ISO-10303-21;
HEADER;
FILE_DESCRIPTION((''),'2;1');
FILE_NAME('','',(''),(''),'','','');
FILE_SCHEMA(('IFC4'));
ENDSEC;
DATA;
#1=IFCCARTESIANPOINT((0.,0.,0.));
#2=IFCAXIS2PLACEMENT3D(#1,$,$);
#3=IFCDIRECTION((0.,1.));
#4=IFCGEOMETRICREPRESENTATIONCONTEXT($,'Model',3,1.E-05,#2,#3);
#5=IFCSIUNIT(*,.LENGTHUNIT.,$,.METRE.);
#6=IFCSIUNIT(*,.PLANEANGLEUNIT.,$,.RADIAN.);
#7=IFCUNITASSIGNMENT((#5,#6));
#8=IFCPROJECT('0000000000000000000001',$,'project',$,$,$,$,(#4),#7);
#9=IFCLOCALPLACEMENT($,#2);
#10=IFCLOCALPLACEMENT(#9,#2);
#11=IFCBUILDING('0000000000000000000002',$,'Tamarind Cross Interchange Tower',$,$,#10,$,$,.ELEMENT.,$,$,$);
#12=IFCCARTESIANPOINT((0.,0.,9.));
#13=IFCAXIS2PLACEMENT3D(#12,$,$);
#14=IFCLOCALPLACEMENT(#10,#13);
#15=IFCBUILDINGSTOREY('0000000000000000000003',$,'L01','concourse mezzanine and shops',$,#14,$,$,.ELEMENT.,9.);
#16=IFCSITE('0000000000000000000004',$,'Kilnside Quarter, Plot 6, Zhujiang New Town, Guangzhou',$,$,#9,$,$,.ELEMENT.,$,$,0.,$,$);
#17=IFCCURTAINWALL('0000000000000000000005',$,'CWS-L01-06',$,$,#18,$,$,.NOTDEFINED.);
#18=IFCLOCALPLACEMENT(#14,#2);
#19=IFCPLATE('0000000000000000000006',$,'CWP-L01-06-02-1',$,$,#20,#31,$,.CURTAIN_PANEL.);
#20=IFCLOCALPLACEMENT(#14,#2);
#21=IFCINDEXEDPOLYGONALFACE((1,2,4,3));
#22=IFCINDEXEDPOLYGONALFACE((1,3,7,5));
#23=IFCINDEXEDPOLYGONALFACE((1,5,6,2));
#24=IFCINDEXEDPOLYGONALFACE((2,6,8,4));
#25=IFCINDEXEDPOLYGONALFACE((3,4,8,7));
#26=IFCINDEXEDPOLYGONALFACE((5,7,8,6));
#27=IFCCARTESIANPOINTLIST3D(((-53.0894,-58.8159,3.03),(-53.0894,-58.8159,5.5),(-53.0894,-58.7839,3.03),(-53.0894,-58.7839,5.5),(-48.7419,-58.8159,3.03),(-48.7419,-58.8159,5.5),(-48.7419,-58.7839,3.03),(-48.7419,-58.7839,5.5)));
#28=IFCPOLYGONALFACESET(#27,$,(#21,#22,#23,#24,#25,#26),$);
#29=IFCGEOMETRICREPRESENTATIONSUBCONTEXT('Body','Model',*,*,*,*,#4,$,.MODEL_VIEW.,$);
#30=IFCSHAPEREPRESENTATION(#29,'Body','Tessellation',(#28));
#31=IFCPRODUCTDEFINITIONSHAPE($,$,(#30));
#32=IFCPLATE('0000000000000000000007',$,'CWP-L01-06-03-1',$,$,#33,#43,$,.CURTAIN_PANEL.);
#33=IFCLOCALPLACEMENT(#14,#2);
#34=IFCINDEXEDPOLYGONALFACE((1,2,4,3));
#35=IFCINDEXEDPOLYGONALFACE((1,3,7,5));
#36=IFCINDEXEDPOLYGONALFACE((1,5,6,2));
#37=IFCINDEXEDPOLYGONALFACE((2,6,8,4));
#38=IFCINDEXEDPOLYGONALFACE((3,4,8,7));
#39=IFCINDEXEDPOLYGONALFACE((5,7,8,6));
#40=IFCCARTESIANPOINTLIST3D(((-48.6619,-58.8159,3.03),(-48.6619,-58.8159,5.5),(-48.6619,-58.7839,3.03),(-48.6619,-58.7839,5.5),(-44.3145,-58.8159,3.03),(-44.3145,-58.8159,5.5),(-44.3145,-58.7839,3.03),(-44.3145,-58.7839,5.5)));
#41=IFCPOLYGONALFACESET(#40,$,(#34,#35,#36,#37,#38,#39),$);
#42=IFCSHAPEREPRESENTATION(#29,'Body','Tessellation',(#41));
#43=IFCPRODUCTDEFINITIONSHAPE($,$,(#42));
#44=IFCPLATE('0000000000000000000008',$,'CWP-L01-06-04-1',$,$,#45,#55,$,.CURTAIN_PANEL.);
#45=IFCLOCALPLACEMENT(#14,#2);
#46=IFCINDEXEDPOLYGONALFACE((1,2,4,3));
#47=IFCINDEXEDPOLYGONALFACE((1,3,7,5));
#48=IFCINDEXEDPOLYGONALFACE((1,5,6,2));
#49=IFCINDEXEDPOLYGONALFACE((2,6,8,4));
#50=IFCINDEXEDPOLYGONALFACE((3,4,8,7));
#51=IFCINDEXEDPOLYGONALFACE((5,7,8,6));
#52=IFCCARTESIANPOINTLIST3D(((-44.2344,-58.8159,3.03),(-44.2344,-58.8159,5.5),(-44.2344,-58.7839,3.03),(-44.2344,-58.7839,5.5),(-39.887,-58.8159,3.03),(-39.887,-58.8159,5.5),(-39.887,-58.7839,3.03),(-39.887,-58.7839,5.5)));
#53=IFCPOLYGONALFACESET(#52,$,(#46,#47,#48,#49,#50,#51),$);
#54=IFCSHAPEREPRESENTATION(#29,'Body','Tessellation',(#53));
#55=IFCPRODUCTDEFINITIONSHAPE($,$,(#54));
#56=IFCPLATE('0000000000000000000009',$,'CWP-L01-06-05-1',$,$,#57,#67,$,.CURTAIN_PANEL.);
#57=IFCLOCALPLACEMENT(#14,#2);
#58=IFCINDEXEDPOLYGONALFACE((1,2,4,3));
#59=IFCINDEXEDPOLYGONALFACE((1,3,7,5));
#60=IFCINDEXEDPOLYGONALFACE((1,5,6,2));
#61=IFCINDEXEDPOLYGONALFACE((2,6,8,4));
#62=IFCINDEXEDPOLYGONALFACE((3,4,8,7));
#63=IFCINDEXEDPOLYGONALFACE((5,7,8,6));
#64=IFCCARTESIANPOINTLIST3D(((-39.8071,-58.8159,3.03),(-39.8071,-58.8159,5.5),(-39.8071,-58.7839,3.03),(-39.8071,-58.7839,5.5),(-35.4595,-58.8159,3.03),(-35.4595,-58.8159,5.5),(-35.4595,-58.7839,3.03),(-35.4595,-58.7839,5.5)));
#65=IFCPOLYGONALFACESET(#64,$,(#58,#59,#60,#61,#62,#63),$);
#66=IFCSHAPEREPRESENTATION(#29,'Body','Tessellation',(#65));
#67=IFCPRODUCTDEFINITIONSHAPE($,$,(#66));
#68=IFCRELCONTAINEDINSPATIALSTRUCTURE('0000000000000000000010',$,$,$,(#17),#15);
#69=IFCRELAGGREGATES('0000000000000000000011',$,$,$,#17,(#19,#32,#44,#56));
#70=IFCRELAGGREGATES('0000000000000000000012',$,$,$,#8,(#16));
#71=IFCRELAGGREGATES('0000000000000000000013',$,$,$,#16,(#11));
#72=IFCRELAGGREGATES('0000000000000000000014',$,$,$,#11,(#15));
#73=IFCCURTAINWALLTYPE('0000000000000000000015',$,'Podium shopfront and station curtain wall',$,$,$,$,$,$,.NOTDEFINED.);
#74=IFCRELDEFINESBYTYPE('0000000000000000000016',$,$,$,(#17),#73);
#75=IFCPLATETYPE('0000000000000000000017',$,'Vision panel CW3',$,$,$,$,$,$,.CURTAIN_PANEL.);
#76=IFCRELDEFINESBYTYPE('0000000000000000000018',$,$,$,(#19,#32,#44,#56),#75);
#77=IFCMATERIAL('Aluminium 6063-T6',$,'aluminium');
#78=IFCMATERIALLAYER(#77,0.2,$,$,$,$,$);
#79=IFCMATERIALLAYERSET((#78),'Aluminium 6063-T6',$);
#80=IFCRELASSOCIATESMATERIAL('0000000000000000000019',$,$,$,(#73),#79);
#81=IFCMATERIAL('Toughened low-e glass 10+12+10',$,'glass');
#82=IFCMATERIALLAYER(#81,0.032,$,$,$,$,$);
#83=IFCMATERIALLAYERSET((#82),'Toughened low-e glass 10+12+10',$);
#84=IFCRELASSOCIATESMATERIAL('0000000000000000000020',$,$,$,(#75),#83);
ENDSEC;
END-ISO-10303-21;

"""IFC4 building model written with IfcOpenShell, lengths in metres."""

from ifc_helpers import new_model, si_unit, direction, frame, origin, place, context, subcontext, project, spatial, polyline, outline, extrude, material, layer, layer_set, type_object, element, aggregate, save


model = new_model("IFC4")

# Units and contexts
model_context = context("Model", 3, precision=1e-05, world=origin(), true_north=direction((0.0, 1.0)))
body_context = subcontext(model_context, "Body", "Model", "MODEL_VIEW")
ifc_project = project(units=[si_unit("LENGTHUNIT", "METRE"), si_unit("PLANEANGLEUNIT", "RADIAN")], contexts=[model_context])

# Site, building, storey
site_placement = place(None, origin())
site = spatial("IfcSite", under=ifc_project, at=site_placement, Name="Kilnside Quarter, Plot 6, Zhujiang New Town, Guangzhou", CompositionType="ELEMENT", RefElevation=0.0)
building_placement = place(site_placement, origin())
building = spatial("IfcBuilding", under=site, at=building_placement, Name="Tamarind Cross Interchange Tower", CompositionType="ELEMENT")
storey_placement = place(building_placement, frame((0.0, 0.0, 9.0)))
storey = spatial("IfcBuildingStorey", under=building, at=storey_placement, Name="L01", Description="concourse mezzanine and shops", CompositionType="ELEMENT", Elevation=9.0)

# Shared definitions
ifc_material_1 = material(Name="Aluminium 6063-T6", Category="aluminium")
ifc_layer_1 = layer(ifc_material_1, 0.2)
ifc_layer_set_1 = layer_set([ifc_layer_1], Name="Aluminium 6063-T6")
curtain_wall_type = type_object("IfcCurtainWallType", Name="Podium shopfront and station curtain wall", PredefinedType="NOTDEFINED", material=ifc_layer_set_1)

# Shared definitions
ifc_material_2 = material(Name="Toughened low-e glass 10+12+10", Category="glass")
ifc_layer_2 = layer(ifc_material_2, 0.032)
ifc_layer_set_2 = layer_set([ifc_layer_2], Name="Toughened low-e glass 10+12+10")
plate_type = type_object("IfcPlateType", Name="Vision panel CW3", PredefinedType="CURTAIN_PANEL", material=ifc_layer_set_2)

# Curtain wall, plates
curtain_wall_1_placement = place(storey_placement, origin())
curtain_wall_1 = element("IfcCurtainWall", 1, at=curtain_wall_1_placement, inside=storey, type_object=curtain_wall_type, Name="CWS-L01-06", PredefinedType="NOTDEFINED")
plate_1_placement = place(storey_placement, frame((0.0, 0.0, 3.03)))
plate_1 = element("IfcPlate", 2, at=plate_1_placement, type_object=plate_type, Name="CWP-L01-06-02-1", PredefinedType="CURTAIN_PANEL", context=body_context, shape_type="SweptSolid", body=[
    extrude(outline(polyline([(-53.0894, -58.7839), (-48.7419, -58.7839), (-48.7419, -58.8159), (-53.0894, -58.8159), (-53.0894, -58.7839)])), origin(), (0.0, 0.0, 1.0), 2.47),
])
plate_2_placement = place(storey_placement, frame((0.0, 0.0, 3.03)))
plate_2 = element("IfcPlate", 3, at=plate_2_placement, type_object=plate_type, Name="CWP-L01-06-03-1", PredefinedType="CURTAIN_PANEL", context=body_context, shape_type="SweptSolid", body=[
    extrude(outline(polyline([(-48.6619, -58.7839), (-44.3145, -58.7839), (-44.3145, -58.8159), (-48.6619, -58.8159), (-48.6619, -58.7839)])), origin(), (0.0, 0.0, 1.0), 2.47),
])
plate_3_placement = place(storey_placement, frame((0.0, 0.0, 3.03)))
plate_3 = element("IfcPlate", 4, at=plate_3_placement, type_object=plate_type, Name="CWP-L01-06-04-1", PredefinedType="CURTAIN_PANEL", context=body_context, shape_type="SweptSolid", body=[
    extrude(outline(polyline([(-44.2344, -58.7839), (-39.887, -58.7839), (-39.887, -58.8159), (-44.2344, -58.8159), (-44.2344, -58.7839)])), origin(), (0.0, 0.0, 1.0), 2.47),
])
plate_4_placement = place(storey_placement, frame((0.0, 0.0, 3.03)))
plate_4 = element("IfcPlate", 5, at=plate_4_placement, type_object=plate_type, Name="CWP-L01-06-05-1", PredefinedType="CURTAIN_PANEL", context=body_context, shape_type="SweptSolid", body=[
    extrude(outline(polyline([(-39.8071, -58.7839), (-35.4595, -58.7839), (-35.4595, -58.8159), (-39.8071, -58.8159), (-39.8071, -58.7839)])), origin(), (0.0, 0.0, 1.0), 2.47),
])
aggregate(curtain_wall_1, [plate_1, plate_2, plate_3, plate_4])

save(model, "model.ifc")
